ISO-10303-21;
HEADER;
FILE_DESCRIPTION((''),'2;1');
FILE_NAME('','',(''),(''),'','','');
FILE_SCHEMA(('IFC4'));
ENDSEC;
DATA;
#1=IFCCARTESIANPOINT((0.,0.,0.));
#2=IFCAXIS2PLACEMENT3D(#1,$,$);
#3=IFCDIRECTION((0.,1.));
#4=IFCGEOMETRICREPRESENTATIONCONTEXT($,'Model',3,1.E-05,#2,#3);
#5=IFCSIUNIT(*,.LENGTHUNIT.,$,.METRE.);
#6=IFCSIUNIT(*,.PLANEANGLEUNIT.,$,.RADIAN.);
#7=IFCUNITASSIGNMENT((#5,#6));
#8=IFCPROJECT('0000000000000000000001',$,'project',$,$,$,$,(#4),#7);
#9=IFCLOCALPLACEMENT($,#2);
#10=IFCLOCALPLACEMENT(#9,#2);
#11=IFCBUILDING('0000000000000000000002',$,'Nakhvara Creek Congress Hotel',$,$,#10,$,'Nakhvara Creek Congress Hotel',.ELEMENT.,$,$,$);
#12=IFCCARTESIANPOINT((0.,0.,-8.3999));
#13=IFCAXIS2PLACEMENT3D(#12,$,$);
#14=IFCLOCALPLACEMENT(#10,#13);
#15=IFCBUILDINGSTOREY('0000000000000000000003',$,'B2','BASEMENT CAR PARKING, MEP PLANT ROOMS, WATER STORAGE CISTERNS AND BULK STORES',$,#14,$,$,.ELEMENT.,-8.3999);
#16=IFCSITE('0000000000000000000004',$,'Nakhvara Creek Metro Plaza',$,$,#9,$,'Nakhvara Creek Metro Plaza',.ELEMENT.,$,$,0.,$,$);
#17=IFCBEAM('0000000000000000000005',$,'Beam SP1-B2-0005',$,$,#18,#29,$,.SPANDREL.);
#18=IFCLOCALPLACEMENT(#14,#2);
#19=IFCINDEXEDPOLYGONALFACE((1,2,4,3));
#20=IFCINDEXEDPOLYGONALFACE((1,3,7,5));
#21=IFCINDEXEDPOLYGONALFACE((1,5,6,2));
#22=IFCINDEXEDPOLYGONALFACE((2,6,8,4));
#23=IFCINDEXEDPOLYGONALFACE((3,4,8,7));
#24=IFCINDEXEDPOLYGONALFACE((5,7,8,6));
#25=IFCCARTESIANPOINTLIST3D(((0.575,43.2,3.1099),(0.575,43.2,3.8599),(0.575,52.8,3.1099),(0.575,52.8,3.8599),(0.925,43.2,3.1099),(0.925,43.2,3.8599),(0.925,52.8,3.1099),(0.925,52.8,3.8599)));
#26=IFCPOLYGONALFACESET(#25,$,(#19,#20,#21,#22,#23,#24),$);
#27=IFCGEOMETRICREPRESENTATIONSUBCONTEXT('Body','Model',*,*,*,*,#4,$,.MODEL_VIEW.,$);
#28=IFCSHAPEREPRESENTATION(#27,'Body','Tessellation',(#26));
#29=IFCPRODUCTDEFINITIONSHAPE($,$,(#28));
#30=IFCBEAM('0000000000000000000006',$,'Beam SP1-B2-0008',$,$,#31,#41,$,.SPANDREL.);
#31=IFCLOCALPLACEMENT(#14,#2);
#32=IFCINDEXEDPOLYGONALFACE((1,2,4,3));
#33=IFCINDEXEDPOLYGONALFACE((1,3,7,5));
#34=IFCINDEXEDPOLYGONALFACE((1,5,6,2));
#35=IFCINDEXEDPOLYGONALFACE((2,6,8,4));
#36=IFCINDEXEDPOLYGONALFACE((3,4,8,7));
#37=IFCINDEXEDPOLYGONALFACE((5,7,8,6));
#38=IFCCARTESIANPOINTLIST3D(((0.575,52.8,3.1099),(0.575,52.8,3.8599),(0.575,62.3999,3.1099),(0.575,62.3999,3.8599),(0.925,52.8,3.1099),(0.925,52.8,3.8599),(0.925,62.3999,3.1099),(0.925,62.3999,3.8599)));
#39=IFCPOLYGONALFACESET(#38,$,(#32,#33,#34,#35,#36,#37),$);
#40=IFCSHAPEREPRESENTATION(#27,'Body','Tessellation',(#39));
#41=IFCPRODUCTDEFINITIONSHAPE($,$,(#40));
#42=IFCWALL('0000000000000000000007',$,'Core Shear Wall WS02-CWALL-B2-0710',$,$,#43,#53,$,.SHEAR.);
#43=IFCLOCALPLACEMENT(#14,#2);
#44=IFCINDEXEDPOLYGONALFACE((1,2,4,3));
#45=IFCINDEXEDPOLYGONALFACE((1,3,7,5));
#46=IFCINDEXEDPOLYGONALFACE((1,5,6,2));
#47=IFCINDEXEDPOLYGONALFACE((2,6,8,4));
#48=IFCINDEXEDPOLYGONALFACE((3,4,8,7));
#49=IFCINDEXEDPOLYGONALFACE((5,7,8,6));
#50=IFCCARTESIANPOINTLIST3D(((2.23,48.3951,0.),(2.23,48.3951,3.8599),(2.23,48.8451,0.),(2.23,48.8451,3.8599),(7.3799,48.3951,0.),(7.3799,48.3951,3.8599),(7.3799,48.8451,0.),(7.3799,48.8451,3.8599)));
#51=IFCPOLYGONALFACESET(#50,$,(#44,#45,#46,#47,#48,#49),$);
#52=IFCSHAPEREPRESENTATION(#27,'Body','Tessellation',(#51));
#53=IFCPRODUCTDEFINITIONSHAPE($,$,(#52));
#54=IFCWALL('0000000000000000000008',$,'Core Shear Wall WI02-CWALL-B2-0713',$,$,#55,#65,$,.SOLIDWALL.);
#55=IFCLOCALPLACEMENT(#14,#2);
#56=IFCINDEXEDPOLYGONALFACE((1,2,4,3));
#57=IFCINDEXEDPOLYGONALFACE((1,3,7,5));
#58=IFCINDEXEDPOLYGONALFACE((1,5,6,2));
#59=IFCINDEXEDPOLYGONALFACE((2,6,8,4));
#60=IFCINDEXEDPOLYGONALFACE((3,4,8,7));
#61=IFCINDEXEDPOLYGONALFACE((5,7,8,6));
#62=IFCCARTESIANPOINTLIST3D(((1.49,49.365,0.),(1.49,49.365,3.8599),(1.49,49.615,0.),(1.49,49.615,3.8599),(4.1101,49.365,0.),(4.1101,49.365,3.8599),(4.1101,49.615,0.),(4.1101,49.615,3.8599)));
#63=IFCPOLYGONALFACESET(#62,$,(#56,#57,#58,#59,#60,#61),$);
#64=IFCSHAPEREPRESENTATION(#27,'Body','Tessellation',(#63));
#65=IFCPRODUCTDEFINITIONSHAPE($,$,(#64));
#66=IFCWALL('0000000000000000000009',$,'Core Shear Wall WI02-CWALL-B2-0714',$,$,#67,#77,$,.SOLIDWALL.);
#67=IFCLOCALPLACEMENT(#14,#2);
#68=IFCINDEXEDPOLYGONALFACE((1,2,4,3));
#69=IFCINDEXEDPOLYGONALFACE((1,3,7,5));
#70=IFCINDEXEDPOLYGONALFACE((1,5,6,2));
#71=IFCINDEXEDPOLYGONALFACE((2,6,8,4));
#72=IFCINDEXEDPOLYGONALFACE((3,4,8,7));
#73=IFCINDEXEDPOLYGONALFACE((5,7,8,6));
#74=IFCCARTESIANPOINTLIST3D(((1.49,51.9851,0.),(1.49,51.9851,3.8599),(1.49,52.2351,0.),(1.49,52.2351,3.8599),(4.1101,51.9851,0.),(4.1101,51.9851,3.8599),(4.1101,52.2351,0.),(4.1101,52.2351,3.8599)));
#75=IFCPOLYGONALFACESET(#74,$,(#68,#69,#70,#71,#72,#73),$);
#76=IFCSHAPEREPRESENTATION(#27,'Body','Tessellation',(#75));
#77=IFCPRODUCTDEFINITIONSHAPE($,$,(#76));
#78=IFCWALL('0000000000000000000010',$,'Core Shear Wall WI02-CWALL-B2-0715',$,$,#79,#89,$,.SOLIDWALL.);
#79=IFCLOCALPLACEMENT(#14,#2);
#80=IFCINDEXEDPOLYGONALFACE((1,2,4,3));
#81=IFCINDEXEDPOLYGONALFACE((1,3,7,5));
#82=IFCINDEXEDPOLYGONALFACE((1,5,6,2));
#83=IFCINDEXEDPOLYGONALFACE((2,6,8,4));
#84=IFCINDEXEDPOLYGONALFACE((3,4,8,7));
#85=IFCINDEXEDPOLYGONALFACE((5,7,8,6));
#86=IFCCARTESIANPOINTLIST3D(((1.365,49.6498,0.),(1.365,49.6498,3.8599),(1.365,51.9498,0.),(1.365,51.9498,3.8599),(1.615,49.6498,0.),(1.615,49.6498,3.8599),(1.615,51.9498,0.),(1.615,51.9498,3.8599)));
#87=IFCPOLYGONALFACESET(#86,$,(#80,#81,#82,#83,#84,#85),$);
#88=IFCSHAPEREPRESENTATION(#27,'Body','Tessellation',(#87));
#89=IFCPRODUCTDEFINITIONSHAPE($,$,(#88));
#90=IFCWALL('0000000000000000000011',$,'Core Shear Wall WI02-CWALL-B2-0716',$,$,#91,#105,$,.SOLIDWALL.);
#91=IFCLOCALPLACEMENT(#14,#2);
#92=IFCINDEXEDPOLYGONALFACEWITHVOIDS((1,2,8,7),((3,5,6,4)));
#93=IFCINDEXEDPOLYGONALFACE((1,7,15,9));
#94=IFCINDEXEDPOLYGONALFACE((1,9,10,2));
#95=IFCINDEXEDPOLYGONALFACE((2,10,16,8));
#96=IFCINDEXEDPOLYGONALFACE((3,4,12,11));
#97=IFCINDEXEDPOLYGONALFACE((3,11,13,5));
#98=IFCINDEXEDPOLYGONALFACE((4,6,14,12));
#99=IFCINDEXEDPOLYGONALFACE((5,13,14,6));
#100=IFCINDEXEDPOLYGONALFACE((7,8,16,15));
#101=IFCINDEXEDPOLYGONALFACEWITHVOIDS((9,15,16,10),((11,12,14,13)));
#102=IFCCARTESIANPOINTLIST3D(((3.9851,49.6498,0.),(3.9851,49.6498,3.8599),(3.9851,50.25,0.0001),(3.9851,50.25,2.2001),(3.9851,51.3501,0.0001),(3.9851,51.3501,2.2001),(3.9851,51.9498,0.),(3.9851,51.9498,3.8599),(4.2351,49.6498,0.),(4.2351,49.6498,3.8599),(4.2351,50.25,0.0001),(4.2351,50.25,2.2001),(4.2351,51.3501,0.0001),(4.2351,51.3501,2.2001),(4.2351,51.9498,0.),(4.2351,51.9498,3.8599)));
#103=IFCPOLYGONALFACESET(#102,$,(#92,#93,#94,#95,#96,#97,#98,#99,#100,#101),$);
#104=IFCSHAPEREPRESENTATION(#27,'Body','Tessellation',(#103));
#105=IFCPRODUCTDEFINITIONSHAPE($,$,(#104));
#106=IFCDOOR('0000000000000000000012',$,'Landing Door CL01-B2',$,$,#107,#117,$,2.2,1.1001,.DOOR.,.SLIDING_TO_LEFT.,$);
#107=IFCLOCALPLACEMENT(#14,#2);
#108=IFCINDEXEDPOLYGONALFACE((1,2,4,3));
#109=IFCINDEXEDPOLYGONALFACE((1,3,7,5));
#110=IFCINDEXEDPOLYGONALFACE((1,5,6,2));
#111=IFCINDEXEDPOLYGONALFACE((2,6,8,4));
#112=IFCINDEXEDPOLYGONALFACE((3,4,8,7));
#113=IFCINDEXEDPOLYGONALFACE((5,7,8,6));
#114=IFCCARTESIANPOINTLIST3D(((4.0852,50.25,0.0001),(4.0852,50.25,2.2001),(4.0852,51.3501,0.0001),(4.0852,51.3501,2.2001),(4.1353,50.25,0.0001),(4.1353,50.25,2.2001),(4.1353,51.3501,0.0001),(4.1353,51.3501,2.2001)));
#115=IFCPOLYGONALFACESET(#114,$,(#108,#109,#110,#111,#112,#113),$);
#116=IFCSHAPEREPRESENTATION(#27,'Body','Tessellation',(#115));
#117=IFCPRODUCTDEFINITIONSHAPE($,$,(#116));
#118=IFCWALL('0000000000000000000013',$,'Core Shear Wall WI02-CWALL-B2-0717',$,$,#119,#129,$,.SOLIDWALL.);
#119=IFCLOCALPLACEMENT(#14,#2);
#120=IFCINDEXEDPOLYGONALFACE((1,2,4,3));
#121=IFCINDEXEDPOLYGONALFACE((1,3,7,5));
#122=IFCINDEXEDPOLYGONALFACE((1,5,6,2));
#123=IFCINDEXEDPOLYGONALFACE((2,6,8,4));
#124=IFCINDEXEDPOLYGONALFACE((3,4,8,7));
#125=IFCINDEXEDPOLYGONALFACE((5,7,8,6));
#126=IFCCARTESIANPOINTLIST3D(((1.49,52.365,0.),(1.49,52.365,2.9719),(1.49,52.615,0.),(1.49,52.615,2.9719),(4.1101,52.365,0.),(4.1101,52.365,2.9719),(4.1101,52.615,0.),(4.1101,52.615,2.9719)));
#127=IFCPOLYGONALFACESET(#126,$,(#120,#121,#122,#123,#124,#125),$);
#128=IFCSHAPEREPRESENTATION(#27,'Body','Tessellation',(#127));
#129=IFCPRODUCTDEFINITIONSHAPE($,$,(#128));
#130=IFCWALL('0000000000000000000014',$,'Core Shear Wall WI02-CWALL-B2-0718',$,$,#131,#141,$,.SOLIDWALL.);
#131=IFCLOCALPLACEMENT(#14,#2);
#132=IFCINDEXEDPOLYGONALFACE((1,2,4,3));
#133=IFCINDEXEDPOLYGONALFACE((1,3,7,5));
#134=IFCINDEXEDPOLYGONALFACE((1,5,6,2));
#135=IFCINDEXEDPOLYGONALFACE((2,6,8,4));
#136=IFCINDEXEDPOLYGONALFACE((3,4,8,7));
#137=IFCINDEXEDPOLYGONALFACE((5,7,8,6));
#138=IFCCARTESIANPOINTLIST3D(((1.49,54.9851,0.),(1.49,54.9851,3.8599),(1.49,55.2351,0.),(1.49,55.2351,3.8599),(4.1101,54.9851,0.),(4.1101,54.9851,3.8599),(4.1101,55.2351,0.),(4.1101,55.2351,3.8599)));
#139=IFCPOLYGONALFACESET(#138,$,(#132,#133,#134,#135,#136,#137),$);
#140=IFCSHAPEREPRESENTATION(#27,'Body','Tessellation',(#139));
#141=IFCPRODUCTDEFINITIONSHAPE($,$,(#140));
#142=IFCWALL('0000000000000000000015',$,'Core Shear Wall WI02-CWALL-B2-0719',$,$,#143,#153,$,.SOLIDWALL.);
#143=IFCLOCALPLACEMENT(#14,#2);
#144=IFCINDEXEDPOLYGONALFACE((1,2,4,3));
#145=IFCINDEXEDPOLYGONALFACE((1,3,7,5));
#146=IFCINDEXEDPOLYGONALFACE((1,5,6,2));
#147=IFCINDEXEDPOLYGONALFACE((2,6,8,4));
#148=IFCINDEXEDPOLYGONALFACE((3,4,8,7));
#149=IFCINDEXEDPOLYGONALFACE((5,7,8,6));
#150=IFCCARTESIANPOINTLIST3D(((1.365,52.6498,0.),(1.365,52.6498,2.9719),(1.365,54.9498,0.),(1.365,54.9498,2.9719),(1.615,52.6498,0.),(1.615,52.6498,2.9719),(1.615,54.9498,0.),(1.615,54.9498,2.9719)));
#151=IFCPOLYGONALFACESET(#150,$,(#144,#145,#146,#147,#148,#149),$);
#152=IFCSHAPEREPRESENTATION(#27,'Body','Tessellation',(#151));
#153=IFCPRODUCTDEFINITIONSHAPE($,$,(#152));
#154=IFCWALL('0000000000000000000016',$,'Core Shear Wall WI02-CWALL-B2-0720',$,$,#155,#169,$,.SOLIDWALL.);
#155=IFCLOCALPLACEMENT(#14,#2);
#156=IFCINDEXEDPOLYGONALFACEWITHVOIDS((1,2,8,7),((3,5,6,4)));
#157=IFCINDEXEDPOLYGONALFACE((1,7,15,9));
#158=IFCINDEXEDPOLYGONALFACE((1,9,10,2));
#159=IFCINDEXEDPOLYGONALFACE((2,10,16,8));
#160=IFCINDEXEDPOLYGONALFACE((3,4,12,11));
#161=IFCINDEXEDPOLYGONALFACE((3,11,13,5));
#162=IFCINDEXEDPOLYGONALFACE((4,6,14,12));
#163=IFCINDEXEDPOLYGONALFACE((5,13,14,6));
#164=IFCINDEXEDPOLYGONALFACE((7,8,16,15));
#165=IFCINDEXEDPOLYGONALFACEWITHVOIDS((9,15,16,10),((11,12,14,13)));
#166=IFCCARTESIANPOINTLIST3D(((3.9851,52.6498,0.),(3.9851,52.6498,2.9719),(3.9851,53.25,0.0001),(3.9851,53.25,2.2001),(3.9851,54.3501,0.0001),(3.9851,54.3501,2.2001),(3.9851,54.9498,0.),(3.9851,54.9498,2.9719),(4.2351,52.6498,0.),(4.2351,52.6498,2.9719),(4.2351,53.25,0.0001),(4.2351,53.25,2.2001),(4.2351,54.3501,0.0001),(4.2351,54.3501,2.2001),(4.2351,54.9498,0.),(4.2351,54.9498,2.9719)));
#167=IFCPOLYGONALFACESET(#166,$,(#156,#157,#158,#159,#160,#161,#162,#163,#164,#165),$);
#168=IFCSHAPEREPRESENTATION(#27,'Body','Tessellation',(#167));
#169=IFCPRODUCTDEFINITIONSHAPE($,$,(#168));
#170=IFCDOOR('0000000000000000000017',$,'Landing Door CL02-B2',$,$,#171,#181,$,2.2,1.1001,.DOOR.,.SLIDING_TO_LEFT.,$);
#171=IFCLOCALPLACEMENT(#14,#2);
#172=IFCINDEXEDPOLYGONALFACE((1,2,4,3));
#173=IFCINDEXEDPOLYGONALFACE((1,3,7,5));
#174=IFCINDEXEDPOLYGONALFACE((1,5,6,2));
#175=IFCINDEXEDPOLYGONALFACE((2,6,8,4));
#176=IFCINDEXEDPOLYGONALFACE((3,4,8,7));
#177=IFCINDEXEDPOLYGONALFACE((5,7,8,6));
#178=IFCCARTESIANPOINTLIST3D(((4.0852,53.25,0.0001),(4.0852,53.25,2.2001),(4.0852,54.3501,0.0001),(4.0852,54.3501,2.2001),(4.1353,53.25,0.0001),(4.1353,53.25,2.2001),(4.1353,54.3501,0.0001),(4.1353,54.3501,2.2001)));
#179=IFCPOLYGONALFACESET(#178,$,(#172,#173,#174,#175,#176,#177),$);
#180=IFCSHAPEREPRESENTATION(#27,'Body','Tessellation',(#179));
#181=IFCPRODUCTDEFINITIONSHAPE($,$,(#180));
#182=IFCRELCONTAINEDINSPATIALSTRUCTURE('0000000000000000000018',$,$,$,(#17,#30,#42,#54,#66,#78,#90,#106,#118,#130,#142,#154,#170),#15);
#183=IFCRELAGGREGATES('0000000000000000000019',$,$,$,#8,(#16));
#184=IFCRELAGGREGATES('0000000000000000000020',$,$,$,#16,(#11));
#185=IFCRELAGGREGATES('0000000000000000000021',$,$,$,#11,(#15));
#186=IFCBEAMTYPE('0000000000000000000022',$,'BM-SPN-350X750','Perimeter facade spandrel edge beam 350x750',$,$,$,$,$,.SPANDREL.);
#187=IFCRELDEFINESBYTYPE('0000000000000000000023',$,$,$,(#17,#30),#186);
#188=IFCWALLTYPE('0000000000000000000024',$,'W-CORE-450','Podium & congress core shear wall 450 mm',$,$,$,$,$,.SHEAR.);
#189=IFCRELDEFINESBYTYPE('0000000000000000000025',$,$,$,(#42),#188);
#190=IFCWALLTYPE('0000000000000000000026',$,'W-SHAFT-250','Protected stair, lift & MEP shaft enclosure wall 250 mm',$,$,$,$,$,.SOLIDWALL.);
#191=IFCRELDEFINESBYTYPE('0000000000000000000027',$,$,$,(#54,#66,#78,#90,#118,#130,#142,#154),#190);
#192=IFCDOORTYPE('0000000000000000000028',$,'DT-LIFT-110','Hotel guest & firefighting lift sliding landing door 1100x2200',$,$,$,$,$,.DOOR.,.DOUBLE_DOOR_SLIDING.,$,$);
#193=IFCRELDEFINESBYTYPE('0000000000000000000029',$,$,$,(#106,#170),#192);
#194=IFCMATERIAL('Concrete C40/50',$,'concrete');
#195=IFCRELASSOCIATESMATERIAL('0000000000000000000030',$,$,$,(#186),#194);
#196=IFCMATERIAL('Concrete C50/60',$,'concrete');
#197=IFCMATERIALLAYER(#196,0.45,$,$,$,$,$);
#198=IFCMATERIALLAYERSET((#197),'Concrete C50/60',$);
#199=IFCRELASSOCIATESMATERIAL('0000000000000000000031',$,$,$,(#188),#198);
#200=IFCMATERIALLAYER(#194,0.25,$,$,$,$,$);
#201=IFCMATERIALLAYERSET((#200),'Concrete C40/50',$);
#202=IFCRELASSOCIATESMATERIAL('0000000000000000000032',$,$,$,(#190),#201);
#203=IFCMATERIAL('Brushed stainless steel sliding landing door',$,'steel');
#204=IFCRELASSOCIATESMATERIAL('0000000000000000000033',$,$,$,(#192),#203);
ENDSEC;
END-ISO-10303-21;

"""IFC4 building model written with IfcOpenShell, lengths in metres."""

from ifc_helpers import new_model, si_unit, direction, frame, frame_2d, origin, origin_2d, place, context, subcontext, project, spatial, rectangle, extrude, material, layer, layer_set, material_profile, profile_set, type_object, element, fill, save


model = new_model("IFC4")

# Units and contexts
model_context = context("Model", 3, precision=1e-05, world=origin(), true_north=direction((0.0, 1.0)))
body_context = subcontext(model_context, "Body", "Model", "MODEL_VIEW")
ifc_project = project(units=[si_unit("LENGTHUNIT", "METRE"), si_unit("PLANEANGLEUNIT", "RADIAN")], contexts=[model_context])

# Site, building, storey
site_placement = place(None, origin())
site = spatial("IfcSite", under=ifc_project, at=site_placement, Name="Nakhvara Creek Metro Plaza", LongName="Nakhvara Creek Metro Plaza", CompositionType="ELEMENT", RefElevation=0.0)
building_placement = place(site_placement, origin())
building = spatial("IfcBuilding", under=site, at=building_placement, Name="Nakhvara Creek Congress Hotel", LongName="Nakhvara Creek Congress Hotel", CompositionType="ELEMENT")
storey_placement = place(building_placement, frame((0.0, 0.0, -8.3999)))
storey = spatial("IfcBuildingStorey", under=building, at=storey_placement, Name="B2", Description="BASEMENT CAR PARKING, MEP PLANT ROOMS, WATER STORAGE CISTERNS AND BULK STORES", CompositionType="ELEMENT", Elevation=-8.3999)

# Shared definitions
ifc_material_1 = material(Name="Concrete C40/50", Category="concrete")

# Shared definitions
ifc_material_2 = material(Name="Concrete C50/60", Category="concrete")

# Beams
ifc_material_profile_1 = material_profile(ifc_material_1, rectangle(XDim=0.3501, YDim=0.75, at=origin_2d()), Name="RC-SPANDREL 350x750", Category="LoadBearing")
ifc_profile_set_1 = profile_set([ifc_material_profile_1], Name="Concrete C40/50")
beam_type_1 = type_object("IfcBeamType", Name="BM-SPN-350X750", Description="Perimeter facade spandrel edge beam 350x750", PredefinedType="SPANDREL", material=ifc_profile_set_1)
beam_1_placement = place(storey_placement, frame((0.75, 43.2, 3.4849), z_axis=(0.0, 1.0, 0.0), x_axis=(-1.0, 0.0, 0.0)))
element("IfcBeam", 1, at=beam_1_placement, inside=storey, type_object=beam_type_1, Name="Beam SP1-B2-0005", PredefinedType="SPANDREL", context=body_context, shape_type="SweptSolid", body=[
    extrude(rectangle(XDim=0.3501, YDim=0.75, at=origin_2d()), origin(), (0.0, 0.0, 1.0), 9.6001),
])
beam_2_placement = place(storey_placement, frame((0.75, 52.8, 3.4849), z_axis=(0.0, 1.0, 0.0), x_axis=(-1.0, 0.0, 0.0)))
element("IfcBeam", 2, at=beam_2_placement, inside=storey, type_object=beam_type_1, Name="Beam SP1-B2-0008", PredefinedType="SPANDREL", context=body_context, shape_type="SweptSolid", body=[
    extrude(rectangle(XDim=0.3501, YDim=0.75, at=origin_2d()), origin(), (0.0, 0.0, 1.0), 9.5999),
])

# Walls
ifc_layer_1 = layer(ifc_material_2, 0.45)
ifc_layer_set_1 = layer_set([ifc_layer_1], Name="Concrete C50/60")
wall_type_1 = type_object("IfcWallType", Name="W-CORE-450", Description="Podium & congress core shear wall 450 mm", PredefinedType="SHEAR", material=ifc_layer_set_1)
wall_1_placement = place(storey_placement, frame((2.23, 48.6201, 0.0), z_axis=(0.0, 0.0, 1.0), x_axis=(1.0, 0.0, 0.0)))
element("IfcWall", 3, at=wall_1_placement, inside=storey, type_object=wall_type_1, Name="Core Shear Wall WS02-CWALL-B2-0710", PredefinedType="SHEAR", context=body_context, shape_type="SweptSolid", body=[
    extrude(rectangle(XDim=5.1499, YDim=0.45, at=frame_2d((2.575, 0.0))), origin(), (0.0, 0.0, 1.0), 3.8599),
])
ifc_layer_2 = layer(ifc_material_1, 0.25)
ifc_layer_set_2 = layer_set([ifc_layer_2], Name="Concrete C40/50")
wall_type_2 = type_object("IfcWallType", Name="W-SHAFT-250", Description="Protected stair, lift & MEP shaft enclosure wall 250 mm", PredefinedType="SOLIDWALL", material=ifc_layer_set_2)
for number, where, z_axis, x_axis, name in (
    (4, (1.49, 49.49, 0.0), (0.0, 0.0, 1.0), (1.0, 0.0, 0.0), "Core Shear Wall WI02-CWALL-B2-0713"),
    (5, (1.49, 52.1101, 0.0), (0.0, 0.0, 1.0), (1.0, 0.0, 0.0), "Core Shear Wall WI02-CWALL-B2-0714"),
):
    element("IfcWall", number, at=place(storey_placement, frame(where, z_axis=z_axis, x_axis=x_axis)), inside=storey, type_object=wall_type_2, Name=name, PredefinedType="SOLIDWALL", context=body_context, shape_type="SweptSolid", body=[
        extrude(rectangle(XDim=2.6201, YDim=0.25, at=frame_2d((1.3101, 0.0))), origin(), (0.0, 0.0, 1.0), 3.8599),
    ])
wall_2_placement = place(storey_placement, frame((1.49, 49.6499, 0.0), z_axis=(0.0, 0.0, 1.0), x_axis=(0.0, 1.0, 0.0)))
element("IfcWall", 6, at=wall_2_placement, inside=storey, type_object=wall_type_2, Name="Core Shear Wall WI02-CWALL-B2-0715", PredefinedType="SOLIDWALL", context=body_context, shape_type="SweptSolid", body=[
    extrude(rectangle(XDim=2.3, YDim=0.25, at=frame_2d((1.1499, 0.0))), origin(), (0.0, 0.0, 1.0), 3.8599),
])

# Wall, opening, door
wall_3_placement = place(storey_placement, frame((4.1101, 49.6499, 0.0), z_axis=(0.0, 0.0, 1.0), x_axis=(0.0, 1.0, 0.0)))
wall_3 = element("IfcWall", 7, at=wall_3_placement, inside=storey, type_object=wall_type_2, Name="Core Shear Wall WI02-CWALL-B2-0716", PredefinedType="SOLIDWALL", context=body_context, shape_type="SweptSolid", body=[
    extrude(rectangle(XDim=2.3, YDim=0.25, at=frame_2d((1.1499, 0.0))), origin(), (0.0, 0.0, 1.0), 3.8599),
])
opening_1_placement = place(wall_3_placement, frame((0.6001, 0.0, 0.0)))
opening_1 = element("IfcOpeningElement", 8, at=opening_1_placement, cuts=wall_3, PredefinedType="OPENING", context=body_context, shape_type="SweptSolid", body=[
    extrude(rectangle(XDim=1.1001, YDim=2.2, at=frame_2d((0.55, 1.1001))), frame((0.0, 0.137, 0.0), z_axis=(0.0, -1.0, 0.0), x_axis=(1.0, 0.0, 0.0)), (0.0, 0.0, 1.0), 0.2739),
])
ifc_material_3 = material(Name="Brushed stainless steel sliding landing door", Category="steel")
door_type = type_object("IfcDoorType", Name="DT-LIFT-110", Description="Hotel guest & firefighting lift sliding landing door 1100x2200", OperationType="DOUBLE_DOOR_SLIDING", PredefinedType="DOOR", material=ifc_material_3)
door_1_placement = place(opening_1_placement, origin())
door_1 = element("IfcDoor", 9, at=door_1_placement, inside=storey, type_object=door_type, Name="Landing Door CL01-B2", OperationType="SLIDING_TO_LEFT", OverallHeight=2.2, OverallWidth=1.1001, PredefinedType="DOOR", context=body_context, shape_type="SweptSolid", body=[
    extrude(rectangle(XDim=1.1001, YDim=2.2, at=frame_2d((0.55, 1.1001))), frame((0.0, 0.0249, 0.0), z_axis=(0.0, -1.0, 0.0), x_axis=(1.0, 0.0, 0.0)), (0.0, 0.0, 1.0), 0.05),
])
fill(opening_1, door_1)

# Walls
wall_4_placement = place(storey_placement, frame((1.49, 52.49, 0.0), z_axis=(0.0, 0.0, 1.0), x_axis=(1.0, 0.0, 0.0)))
element("IfcWall", 10, at=wall_4_placement, inside=storey, type_object=wall_type_2, Name="Core Shear Wall WI02-CWALL-B2-0717", PredefinedType="SOLIDWALL", context=body_context, shape_type="SweptSolid", body=[
    extrude(rectangle(XDim=2.6201, YDim=0.25, at=frame_2d((1.3101, 0.0))), origin(), (0.0, 0.0, 1.0), 2.9719),
])
wall_5_placement = place(storey_placement, frame((1.49, 55.1101, 0.0), z_axis=(0.0, 0.0, 1.0), x_axis=(1.0, 0.0, 0.0)))
element("IfcWall", 11, at=wall_5_placement, inside=storey, type_object=wall_type_2, Name="Core Shear Wall WI02-CWALL-B2-0718", PredefinedType="SOLIDWALL", context=body_context, shape_type="SweptSolid", body=[
    extrude(rectangle(XDim=2.6201, YDim=0.25, at=frame_2d((1.3101, 0.0))), origin(), (0.0, 0.0, 1.0), 3.8599),
])
wall_6_placement = place(storey_placement, frame((1.49, 52.6499, 0.0), z_axis=(0.0, 0.0, 1.0), x_axis=(0.0, 1.0, 0.0)))
element("IfcWall", 12, at=wall_6_placement, inside=storey, type_object=wall_type_2, Name="Core Shear Wall WI02-CWALL-B2-0719", PredefinedType="SOLIDWALL", context=body_context, shape_type="SweptSolid", body=[
    extrude(rectangle(XDim=2.3, YDim=0.25, at=frame_2d((1.1499, 0.0))), origin(), (0.0, 0.0, 1.0), 2.9719),
])

# Wall, opening, door
wall_7_placement = place(storey_placement, frame((4.1101, 52.6499, 0.0), z_axis=(0.0, 0.0, 1.0), x_axis=(0.0, 1.0, 0.0)))
wall_7 = element("IfcWall", 13, at=wall_7_placement, inside=storey, type_object=wall_type_2, Name="Core Shear Wall WI02-CWALL-B2-0720", PredefinedType="SOLIDWALL", context=body_context, shape_type="SweptSolid", body=[
    extrude(rectangle(XDim=2.3, YDim=0.25, at=frame_2d((1.1499, 0.0))), origin(), (0.0, 0.0, 1.0), 2.9719),
])
opening_2_placement = place(wall_7_placement, frame((0.6001, 0.0, 0.0)))
opening_2 = element("IfcOpeningElement", 14, at=opening_2_placement, cuts=wall_7, PredefinedType="OPENING", context=body_context, shape_type="SweptSolid", body=[
    extrude(rectangle(XDim=1.1001, YDim=2.2, at=frame_2d((0.55, 1.1001))), frame((0.0, 0.137, 0.0), z_axis=(0.0, -1.0, 0.0), x_axis=(1.0, 0.0, 0.0)), (0.0, 0.0, 1.0), 0.2739),
])
door_2_placement = place(opening_2_placement, origin())
door_2 = element("IfcDoor", 15, at=door_2_placement, inside=storey, type_object=door_type, Name="Landing Door CL02-B2", OperationType="SLIDING_TO_LEFT", OverallHeight=2.2, OverallWidth=1.1001, PredefinedType="DOOR", context=body_context, shape_type="SweptSolid", body=[
    extrude(rectangle(XDim=1.1001, YDim=2.2, at=frame_2d((0.55, 1.1001))), frame((0.0, 0.0249, 0.0), z_axis=(0.0, -1.0, 0.0), x_axis=(1.0, 0.0, 0.0)), (0.0, 0.0, 1.0), 0.05),
])
fill(opening_2, door_2)

save(model, "model.ifc")
